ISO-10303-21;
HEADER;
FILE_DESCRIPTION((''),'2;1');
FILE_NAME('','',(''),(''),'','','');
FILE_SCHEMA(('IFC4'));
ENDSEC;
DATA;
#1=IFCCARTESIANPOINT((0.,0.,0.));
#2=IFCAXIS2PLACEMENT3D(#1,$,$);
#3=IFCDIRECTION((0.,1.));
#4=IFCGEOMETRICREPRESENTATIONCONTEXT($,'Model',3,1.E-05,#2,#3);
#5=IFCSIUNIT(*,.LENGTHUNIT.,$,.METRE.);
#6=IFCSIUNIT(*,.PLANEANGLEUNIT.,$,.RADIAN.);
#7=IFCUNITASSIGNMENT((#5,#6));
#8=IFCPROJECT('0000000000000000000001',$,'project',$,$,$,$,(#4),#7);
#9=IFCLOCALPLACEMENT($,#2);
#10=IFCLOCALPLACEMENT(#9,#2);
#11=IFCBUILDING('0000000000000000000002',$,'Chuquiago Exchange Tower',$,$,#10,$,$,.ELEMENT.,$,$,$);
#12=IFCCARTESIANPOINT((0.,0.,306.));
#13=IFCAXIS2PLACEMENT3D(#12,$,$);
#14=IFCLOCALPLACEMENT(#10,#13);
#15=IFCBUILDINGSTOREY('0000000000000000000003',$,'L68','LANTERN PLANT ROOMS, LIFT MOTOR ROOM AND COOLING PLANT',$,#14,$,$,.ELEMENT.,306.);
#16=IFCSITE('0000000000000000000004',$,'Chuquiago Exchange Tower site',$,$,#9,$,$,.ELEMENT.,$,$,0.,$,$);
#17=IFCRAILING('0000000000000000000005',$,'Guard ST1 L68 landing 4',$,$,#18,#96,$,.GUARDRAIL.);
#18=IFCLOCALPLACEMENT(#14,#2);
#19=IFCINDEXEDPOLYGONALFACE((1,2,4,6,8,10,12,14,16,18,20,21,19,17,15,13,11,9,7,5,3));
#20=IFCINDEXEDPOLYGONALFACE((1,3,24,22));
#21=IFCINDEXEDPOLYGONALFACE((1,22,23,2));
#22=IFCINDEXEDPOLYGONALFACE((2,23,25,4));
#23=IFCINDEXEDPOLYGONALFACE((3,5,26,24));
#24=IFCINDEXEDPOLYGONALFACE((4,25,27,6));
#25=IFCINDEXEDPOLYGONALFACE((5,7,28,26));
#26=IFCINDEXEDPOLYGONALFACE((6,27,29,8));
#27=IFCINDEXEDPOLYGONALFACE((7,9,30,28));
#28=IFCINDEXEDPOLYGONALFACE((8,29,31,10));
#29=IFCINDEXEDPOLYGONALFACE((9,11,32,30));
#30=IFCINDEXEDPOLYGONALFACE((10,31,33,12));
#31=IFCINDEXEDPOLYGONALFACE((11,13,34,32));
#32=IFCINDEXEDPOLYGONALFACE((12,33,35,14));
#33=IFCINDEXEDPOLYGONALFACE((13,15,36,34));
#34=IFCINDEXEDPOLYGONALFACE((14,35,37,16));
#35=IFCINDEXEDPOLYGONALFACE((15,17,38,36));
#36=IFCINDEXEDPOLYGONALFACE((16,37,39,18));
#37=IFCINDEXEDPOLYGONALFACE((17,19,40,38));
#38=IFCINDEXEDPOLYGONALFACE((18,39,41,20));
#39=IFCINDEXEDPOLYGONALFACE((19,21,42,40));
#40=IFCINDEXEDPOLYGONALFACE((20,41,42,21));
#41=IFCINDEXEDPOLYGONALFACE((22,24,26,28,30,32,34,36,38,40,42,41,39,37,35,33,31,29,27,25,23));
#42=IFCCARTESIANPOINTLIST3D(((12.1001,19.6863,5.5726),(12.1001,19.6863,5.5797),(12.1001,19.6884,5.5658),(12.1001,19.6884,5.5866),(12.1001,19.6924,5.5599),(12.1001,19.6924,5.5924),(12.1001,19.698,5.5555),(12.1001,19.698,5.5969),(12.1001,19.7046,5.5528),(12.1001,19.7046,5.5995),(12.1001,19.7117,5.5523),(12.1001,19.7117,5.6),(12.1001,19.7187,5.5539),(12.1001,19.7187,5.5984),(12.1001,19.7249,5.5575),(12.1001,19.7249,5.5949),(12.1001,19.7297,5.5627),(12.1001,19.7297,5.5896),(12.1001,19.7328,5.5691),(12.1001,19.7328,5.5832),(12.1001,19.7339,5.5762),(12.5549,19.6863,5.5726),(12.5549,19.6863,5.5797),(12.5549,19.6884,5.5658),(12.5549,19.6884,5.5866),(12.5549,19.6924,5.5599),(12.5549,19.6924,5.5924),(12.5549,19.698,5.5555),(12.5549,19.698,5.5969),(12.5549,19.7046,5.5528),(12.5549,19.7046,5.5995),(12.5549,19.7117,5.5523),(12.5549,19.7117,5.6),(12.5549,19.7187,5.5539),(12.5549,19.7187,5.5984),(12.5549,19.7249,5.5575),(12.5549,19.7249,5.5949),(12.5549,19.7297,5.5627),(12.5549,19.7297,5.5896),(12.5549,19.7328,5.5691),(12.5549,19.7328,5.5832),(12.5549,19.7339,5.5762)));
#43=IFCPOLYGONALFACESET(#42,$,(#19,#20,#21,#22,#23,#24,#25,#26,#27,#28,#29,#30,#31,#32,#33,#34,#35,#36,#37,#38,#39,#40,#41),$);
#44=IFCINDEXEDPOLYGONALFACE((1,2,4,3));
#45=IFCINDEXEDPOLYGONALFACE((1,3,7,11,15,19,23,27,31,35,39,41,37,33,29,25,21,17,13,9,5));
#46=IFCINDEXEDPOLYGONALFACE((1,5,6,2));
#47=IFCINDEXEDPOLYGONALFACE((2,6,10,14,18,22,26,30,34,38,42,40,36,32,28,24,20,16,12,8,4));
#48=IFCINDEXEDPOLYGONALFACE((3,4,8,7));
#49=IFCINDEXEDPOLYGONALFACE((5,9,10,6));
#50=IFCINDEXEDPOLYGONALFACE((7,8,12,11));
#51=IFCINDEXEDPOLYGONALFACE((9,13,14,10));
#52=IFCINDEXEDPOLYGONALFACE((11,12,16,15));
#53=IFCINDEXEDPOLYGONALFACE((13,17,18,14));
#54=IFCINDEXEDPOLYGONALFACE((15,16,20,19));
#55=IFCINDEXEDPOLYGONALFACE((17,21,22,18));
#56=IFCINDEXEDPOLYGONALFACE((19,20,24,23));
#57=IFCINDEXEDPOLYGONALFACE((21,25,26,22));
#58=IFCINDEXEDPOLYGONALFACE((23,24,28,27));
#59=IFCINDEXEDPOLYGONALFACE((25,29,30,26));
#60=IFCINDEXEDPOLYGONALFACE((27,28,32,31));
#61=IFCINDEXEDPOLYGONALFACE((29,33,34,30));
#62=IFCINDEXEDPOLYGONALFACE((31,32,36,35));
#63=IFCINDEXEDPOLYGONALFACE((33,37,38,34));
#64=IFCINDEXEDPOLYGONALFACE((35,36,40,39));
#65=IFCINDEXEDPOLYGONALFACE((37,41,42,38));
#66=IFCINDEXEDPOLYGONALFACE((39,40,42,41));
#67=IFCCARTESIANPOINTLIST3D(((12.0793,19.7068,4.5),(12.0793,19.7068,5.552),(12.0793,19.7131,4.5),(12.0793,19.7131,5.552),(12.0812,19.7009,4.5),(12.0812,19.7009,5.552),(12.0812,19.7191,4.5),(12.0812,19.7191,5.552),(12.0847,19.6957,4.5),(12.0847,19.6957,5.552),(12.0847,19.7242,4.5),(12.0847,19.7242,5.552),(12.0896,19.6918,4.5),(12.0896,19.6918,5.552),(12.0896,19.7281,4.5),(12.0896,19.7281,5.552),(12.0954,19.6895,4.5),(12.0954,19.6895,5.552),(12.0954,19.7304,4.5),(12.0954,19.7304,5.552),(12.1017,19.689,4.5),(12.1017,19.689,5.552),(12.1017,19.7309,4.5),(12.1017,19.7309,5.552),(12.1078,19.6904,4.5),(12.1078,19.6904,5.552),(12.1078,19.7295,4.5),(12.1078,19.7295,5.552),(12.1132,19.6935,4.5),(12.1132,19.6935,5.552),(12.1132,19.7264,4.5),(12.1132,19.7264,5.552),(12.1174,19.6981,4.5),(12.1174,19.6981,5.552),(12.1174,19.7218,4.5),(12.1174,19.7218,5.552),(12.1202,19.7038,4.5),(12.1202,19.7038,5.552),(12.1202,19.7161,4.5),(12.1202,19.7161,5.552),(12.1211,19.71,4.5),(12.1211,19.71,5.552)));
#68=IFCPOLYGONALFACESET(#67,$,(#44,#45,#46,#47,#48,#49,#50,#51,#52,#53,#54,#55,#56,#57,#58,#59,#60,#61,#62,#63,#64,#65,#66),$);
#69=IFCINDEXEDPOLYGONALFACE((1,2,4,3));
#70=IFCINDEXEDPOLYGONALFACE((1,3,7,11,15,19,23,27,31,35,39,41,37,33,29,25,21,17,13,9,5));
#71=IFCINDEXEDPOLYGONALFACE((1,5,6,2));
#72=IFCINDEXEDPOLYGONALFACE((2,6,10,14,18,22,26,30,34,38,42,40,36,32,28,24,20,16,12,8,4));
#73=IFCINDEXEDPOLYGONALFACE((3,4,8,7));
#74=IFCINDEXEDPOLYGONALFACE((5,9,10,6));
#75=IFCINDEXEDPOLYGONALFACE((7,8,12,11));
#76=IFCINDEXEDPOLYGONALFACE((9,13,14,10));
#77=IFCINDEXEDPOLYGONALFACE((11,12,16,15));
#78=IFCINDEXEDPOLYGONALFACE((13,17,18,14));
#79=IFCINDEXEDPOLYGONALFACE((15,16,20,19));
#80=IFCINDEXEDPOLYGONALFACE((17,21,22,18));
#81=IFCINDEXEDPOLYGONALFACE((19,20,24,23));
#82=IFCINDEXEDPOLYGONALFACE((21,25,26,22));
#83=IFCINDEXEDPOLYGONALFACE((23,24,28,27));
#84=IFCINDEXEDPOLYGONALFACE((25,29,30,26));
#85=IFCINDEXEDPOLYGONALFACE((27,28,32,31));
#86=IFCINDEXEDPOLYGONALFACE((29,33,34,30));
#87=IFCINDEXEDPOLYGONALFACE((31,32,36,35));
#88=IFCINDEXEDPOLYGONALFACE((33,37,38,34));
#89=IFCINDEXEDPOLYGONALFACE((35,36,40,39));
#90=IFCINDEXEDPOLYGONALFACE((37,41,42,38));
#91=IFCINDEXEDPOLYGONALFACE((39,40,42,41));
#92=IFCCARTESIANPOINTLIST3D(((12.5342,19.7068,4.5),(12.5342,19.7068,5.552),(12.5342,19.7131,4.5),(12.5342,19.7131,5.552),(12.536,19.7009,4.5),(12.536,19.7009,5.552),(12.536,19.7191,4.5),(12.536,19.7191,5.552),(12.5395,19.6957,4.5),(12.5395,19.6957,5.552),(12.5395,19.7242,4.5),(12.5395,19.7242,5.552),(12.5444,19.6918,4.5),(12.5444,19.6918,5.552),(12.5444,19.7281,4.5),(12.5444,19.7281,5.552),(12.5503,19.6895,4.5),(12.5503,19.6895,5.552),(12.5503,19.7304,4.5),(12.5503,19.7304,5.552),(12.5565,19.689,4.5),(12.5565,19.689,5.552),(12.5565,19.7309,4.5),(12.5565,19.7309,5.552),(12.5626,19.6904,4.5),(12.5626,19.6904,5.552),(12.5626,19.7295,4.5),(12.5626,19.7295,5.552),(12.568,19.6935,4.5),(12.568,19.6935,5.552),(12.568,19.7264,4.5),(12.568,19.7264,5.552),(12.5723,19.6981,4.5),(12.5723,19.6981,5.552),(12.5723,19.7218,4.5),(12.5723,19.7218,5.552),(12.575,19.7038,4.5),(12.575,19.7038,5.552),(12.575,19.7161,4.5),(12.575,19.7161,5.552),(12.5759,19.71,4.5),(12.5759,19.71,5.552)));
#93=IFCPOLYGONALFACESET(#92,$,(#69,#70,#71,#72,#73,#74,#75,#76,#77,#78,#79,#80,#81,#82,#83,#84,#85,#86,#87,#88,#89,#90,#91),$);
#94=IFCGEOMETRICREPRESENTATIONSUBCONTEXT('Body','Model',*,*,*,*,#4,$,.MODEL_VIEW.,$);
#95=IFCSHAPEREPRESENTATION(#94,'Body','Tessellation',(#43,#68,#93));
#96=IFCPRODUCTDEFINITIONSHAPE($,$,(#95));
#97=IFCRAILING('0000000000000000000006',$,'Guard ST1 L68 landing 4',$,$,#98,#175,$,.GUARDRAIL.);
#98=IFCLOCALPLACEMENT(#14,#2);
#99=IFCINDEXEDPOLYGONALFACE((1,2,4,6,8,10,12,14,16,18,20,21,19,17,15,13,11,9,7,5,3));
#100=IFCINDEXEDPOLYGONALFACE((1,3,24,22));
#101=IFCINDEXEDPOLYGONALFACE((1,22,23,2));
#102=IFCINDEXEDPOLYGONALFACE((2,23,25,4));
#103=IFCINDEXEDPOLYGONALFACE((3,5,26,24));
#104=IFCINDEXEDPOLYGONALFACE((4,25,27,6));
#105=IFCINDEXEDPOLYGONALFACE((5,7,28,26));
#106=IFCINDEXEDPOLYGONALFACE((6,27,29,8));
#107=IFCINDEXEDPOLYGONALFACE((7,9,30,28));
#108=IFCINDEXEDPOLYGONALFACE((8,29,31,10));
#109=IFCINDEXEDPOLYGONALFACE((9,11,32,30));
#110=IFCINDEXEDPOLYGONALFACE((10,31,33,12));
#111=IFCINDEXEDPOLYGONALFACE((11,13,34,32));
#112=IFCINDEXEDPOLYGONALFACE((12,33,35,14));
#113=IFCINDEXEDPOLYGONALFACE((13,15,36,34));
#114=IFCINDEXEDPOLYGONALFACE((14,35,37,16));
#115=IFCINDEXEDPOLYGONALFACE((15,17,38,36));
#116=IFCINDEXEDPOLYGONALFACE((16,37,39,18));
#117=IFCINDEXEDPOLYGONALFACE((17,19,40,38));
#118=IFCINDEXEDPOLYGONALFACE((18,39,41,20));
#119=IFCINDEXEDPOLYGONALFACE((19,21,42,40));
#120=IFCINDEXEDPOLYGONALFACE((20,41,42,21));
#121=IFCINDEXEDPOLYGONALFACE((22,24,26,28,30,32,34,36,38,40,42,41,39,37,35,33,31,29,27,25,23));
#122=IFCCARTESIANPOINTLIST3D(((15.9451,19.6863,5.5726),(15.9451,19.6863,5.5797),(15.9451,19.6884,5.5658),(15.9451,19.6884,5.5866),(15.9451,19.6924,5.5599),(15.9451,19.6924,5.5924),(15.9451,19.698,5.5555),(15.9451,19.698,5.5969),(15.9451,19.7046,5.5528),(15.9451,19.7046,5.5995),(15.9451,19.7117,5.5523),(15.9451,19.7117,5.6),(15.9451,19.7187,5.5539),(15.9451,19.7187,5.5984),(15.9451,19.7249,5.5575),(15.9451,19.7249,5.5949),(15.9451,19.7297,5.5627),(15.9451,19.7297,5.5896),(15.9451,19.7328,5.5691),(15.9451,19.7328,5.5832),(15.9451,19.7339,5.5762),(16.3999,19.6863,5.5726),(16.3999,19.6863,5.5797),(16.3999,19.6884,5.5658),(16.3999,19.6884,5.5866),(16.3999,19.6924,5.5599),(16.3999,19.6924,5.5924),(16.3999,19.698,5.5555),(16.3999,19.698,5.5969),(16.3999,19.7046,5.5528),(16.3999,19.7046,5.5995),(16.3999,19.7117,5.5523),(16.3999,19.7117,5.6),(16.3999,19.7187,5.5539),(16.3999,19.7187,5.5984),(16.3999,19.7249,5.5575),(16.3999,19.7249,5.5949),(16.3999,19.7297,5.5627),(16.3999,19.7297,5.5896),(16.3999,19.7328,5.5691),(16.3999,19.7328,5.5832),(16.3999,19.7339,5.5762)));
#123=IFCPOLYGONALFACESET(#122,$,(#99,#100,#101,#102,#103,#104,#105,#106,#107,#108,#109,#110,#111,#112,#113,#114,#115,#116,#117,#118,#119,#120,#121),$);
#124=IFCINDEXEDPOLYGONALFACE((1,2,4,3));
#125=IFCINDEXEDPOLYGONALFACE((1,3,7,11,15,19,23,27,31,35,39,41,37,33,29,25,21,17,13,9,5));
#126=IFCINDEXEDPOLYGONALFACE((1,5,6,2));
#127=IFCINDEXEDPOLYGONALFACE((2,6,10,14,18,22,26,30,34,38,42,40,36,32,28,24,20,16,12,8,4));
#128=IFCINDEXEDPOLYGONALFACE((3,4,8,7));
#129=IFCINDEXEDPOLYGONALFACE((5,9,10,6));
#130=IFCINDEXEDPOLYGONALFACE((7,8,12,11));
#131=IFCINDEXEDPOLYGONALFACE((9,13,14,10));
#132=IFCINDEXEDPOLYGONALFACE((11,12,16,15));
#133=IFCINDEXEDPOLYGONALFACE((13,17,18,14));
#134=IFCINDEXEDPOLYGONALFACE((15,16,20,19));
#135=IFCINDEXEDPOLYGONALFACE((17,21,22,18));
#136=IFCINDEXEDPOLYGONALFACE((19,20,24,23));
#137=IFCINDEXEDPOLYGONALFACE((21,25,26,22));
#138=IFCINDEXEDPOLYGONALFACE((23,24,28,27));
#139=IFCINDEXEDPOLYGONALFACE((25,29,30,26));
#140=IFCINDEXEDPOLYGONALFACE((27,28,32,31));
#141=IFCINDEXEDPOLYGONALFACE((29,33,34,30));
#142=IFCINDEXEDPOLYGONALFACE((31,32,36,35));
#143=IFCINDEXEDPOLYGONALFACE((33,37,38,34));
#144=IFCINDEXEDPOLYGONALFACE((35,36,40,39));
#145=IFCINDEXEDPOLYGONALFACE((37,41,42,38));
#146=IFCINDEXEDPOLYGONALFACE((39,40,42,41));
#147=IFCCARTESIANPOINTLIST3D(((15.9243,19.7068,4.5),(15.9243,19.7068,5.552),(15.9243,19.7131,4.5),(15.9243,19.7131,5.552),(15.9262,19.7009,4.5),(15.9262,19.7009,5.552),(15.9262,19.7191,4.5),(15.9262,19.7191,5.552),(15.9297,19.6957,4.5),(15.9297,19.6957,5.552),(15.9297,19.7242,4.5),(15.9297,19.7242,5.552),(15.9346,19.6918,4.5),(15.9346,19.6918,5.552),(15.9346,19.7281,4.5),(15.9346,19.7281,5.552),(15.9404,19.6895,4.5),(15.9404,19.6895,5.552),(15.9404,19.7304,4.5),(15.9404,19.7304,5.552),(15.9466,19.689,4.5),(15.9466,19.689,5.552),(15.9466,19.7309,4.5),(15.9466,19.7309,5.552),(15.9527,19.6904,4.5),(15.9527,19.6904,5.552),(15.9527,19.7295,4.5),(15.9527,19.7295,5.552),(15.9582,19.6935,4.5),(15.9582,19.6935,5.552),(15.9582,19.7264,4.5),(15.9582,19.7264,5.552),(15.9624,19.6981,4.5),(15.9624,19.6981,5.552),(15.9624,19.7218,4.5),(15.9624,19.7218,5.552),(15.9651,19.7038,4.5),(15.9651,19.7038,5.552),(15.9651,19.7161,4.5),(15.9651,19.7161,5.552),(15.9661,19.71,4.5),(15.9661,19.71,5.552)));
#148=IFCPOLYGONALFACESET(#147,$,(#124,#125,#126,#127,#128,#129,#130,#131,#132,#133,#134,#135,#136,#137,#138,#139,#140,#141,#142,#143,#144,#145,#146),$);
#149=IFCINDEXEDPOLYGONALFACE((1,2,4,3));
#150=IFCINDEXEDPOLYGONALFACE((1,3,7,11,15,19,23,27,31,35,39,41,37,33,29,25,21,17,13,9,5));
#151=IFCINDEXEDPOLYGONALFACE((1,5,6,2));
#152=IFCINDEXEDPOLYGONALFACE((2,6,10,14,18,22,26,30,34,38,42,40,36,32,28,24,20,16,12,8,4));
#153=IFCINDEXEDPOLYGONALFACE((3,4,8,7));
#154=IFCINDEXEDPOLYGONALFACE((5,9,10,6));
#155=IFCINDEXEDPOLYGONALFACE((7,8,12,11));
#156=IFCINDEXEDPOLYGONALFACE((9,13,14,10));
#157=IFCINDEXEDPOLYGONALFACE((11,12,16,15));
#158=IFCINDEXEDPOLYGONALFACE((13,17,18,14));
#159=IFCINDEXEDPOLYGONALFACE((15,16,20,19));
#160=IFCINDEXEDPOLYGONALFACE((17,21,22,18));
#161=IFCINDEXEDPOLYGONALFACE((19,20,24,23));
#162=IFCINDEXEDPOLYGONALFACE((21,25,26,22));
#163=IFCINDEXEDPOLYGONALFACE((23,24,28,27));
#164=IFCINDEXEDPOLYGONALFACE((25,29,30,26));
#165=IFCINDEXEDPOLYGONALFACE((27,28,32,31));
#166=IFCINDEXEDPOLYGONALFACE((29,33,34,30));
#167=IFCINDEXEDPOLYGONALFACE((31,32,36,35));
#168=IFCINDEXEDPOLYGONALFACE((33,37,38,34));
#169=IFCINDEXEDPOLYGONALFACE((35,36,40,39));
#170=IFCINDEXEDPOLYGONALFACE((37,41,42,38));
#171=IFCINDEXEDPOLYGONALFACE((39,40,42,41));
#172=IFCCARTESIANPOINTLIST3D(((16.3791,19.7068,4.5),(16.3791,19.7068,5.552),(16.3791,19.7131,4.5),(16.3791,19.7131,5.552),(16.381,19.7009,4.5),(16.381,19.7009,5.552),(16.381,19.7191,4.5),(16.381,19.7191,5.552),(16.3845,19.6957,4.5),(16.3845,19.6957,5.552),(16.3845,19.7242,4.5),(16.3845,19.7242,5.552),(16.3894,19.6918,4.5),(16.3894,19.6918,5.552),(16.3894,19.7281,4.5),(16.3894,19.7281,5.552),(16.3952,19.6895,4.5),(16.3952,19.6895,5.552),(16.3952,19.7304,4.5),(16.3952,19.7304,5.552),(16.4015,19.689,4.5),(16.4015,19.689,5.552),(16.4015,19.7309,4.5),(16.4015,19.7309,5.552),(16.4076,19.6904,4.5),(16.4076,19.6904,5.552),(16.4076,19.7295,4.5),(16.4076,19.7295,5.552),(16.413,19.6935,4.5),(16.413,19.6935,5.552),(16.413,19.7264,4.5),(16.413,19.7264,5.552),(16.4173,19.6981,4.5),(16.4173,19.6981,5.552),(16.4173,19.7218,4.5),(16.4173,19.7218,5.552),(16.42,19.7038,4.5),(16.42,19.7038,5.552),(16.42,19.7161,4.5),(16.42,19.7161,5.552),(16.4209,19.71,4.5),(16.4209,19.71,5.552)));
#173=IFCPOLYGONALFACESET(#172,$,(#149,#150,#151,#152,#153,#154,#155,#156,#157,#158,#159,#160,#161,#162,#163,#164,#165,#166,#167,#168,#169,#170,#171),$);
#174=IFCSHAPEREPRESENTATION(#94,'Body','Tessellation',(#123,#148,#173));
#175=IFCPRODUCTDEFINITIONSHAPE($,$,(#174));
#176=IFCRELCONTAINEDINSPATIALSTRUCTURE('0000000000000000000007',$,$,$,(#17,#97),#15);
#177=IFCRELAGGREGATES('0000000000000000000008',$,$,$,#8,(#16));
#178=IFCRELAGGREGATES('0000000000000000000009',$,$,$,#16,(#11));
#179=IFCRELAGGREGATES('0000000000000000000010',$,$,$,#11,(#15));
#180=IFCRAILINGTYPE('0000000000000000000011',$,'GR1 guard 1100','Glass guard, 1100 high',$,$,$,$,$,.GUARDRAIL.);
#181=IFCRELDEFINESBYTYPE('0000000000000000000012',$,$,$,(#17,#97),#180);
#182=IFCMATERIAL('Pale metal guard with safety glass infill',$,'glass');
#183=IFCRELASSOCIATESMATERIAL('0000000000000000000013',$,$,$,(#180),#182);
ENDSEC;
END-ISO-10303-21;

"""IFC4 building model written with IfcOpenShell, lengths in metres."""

from ifc_helpers import new_model, si_unit, direction, frame, origin, origin_2d, place, context, subcontext, project, spatial, circle, extrude, material, type_object, element, save


model = new_model("IFC4")

# Units and contexts
model_context = context("Model", 3, precision=1e-05, world=origin(), true_north=direction((0.0, 1.0)))
body_context = subcontext(model_context, "Body", "Model", "MODEL_VIEW")
ifc_project = project(units=[si_unit("LENGTHUNIT", "METRE"), si_unit("PLANEANGLEUNIT", "RADIAN")], contexts=[model_context])

# Site, building, storey
site_placement = place(None, origin())
site = spatial("IfcSite", under=ifc_project, at=site_placement, Name="Chuquiago Exchange Tower site", CompositionType="ELEMENT", RefElevation=0.0)
building_placement = place(site_placement, origin())
building = spatial("IfcBuilding", under=site, at=building_placement, Name="Chuquiago Exchange Tower", CompositionType="ELEMENT")
storey_placement = place(building_placement, frame((0.0, 0.0, 306.0)))
storey = spatial("IfcBuildingStorey", under=building, at=storey_placement, Name="L68", Description="LANTERN PLANT ROOMS, LIFT MOTOR ROOM AND COOLING PLANT", CompositionType="ELEMENT", Elevation=306.0)

# Railings
ifc_material_1 = material(Name="Pale metal guard with safety glass infill", Category="glass")
railing_type_1 = type_object("IfcRailingType", Name="GR1 guard 1100", Description="Glass guard, 1100 high", PredefinedType="GUARDRAIL", material=ifc_material_1)
for number, where, name in (
    (1, (12.1001, 19.71, 4.5), "Guard ST1 L68 landing 4"),
    (2, (15.9451, 19.71, 4.5), "Guard ST1 L68 landing 4"),
):
    element("IfcRailing", number, at=place(storey_placement, frame(where)), inside=storey, type_object=railing_type_1, Name=name, PredefinedType="GUARDRAIL", context=body_context, shape_type="SweptSolid", body=[
        extrude(circle(Radius=0.0239, at=origin_2d()), frame((0.0, 0.0, 1.0762), z_axis=(1.0, 0.0, 0.0), x_axis=(0.0, 1.0, 0.0)), (0.0, 0.0, 1.0), 0.4548),
        extrude(circle(Radius=0.021, at=origin_2d()), origin(), (0.0, 0.0, 1.0), 1.052),
        extrude(circle(Radius=0.021, at=origin_2d()), frame((0.4548, 0.0, 0.0)), (0.0, 0.0, 1.0), 1.052),
    ])

save(model, "model.ifc")
